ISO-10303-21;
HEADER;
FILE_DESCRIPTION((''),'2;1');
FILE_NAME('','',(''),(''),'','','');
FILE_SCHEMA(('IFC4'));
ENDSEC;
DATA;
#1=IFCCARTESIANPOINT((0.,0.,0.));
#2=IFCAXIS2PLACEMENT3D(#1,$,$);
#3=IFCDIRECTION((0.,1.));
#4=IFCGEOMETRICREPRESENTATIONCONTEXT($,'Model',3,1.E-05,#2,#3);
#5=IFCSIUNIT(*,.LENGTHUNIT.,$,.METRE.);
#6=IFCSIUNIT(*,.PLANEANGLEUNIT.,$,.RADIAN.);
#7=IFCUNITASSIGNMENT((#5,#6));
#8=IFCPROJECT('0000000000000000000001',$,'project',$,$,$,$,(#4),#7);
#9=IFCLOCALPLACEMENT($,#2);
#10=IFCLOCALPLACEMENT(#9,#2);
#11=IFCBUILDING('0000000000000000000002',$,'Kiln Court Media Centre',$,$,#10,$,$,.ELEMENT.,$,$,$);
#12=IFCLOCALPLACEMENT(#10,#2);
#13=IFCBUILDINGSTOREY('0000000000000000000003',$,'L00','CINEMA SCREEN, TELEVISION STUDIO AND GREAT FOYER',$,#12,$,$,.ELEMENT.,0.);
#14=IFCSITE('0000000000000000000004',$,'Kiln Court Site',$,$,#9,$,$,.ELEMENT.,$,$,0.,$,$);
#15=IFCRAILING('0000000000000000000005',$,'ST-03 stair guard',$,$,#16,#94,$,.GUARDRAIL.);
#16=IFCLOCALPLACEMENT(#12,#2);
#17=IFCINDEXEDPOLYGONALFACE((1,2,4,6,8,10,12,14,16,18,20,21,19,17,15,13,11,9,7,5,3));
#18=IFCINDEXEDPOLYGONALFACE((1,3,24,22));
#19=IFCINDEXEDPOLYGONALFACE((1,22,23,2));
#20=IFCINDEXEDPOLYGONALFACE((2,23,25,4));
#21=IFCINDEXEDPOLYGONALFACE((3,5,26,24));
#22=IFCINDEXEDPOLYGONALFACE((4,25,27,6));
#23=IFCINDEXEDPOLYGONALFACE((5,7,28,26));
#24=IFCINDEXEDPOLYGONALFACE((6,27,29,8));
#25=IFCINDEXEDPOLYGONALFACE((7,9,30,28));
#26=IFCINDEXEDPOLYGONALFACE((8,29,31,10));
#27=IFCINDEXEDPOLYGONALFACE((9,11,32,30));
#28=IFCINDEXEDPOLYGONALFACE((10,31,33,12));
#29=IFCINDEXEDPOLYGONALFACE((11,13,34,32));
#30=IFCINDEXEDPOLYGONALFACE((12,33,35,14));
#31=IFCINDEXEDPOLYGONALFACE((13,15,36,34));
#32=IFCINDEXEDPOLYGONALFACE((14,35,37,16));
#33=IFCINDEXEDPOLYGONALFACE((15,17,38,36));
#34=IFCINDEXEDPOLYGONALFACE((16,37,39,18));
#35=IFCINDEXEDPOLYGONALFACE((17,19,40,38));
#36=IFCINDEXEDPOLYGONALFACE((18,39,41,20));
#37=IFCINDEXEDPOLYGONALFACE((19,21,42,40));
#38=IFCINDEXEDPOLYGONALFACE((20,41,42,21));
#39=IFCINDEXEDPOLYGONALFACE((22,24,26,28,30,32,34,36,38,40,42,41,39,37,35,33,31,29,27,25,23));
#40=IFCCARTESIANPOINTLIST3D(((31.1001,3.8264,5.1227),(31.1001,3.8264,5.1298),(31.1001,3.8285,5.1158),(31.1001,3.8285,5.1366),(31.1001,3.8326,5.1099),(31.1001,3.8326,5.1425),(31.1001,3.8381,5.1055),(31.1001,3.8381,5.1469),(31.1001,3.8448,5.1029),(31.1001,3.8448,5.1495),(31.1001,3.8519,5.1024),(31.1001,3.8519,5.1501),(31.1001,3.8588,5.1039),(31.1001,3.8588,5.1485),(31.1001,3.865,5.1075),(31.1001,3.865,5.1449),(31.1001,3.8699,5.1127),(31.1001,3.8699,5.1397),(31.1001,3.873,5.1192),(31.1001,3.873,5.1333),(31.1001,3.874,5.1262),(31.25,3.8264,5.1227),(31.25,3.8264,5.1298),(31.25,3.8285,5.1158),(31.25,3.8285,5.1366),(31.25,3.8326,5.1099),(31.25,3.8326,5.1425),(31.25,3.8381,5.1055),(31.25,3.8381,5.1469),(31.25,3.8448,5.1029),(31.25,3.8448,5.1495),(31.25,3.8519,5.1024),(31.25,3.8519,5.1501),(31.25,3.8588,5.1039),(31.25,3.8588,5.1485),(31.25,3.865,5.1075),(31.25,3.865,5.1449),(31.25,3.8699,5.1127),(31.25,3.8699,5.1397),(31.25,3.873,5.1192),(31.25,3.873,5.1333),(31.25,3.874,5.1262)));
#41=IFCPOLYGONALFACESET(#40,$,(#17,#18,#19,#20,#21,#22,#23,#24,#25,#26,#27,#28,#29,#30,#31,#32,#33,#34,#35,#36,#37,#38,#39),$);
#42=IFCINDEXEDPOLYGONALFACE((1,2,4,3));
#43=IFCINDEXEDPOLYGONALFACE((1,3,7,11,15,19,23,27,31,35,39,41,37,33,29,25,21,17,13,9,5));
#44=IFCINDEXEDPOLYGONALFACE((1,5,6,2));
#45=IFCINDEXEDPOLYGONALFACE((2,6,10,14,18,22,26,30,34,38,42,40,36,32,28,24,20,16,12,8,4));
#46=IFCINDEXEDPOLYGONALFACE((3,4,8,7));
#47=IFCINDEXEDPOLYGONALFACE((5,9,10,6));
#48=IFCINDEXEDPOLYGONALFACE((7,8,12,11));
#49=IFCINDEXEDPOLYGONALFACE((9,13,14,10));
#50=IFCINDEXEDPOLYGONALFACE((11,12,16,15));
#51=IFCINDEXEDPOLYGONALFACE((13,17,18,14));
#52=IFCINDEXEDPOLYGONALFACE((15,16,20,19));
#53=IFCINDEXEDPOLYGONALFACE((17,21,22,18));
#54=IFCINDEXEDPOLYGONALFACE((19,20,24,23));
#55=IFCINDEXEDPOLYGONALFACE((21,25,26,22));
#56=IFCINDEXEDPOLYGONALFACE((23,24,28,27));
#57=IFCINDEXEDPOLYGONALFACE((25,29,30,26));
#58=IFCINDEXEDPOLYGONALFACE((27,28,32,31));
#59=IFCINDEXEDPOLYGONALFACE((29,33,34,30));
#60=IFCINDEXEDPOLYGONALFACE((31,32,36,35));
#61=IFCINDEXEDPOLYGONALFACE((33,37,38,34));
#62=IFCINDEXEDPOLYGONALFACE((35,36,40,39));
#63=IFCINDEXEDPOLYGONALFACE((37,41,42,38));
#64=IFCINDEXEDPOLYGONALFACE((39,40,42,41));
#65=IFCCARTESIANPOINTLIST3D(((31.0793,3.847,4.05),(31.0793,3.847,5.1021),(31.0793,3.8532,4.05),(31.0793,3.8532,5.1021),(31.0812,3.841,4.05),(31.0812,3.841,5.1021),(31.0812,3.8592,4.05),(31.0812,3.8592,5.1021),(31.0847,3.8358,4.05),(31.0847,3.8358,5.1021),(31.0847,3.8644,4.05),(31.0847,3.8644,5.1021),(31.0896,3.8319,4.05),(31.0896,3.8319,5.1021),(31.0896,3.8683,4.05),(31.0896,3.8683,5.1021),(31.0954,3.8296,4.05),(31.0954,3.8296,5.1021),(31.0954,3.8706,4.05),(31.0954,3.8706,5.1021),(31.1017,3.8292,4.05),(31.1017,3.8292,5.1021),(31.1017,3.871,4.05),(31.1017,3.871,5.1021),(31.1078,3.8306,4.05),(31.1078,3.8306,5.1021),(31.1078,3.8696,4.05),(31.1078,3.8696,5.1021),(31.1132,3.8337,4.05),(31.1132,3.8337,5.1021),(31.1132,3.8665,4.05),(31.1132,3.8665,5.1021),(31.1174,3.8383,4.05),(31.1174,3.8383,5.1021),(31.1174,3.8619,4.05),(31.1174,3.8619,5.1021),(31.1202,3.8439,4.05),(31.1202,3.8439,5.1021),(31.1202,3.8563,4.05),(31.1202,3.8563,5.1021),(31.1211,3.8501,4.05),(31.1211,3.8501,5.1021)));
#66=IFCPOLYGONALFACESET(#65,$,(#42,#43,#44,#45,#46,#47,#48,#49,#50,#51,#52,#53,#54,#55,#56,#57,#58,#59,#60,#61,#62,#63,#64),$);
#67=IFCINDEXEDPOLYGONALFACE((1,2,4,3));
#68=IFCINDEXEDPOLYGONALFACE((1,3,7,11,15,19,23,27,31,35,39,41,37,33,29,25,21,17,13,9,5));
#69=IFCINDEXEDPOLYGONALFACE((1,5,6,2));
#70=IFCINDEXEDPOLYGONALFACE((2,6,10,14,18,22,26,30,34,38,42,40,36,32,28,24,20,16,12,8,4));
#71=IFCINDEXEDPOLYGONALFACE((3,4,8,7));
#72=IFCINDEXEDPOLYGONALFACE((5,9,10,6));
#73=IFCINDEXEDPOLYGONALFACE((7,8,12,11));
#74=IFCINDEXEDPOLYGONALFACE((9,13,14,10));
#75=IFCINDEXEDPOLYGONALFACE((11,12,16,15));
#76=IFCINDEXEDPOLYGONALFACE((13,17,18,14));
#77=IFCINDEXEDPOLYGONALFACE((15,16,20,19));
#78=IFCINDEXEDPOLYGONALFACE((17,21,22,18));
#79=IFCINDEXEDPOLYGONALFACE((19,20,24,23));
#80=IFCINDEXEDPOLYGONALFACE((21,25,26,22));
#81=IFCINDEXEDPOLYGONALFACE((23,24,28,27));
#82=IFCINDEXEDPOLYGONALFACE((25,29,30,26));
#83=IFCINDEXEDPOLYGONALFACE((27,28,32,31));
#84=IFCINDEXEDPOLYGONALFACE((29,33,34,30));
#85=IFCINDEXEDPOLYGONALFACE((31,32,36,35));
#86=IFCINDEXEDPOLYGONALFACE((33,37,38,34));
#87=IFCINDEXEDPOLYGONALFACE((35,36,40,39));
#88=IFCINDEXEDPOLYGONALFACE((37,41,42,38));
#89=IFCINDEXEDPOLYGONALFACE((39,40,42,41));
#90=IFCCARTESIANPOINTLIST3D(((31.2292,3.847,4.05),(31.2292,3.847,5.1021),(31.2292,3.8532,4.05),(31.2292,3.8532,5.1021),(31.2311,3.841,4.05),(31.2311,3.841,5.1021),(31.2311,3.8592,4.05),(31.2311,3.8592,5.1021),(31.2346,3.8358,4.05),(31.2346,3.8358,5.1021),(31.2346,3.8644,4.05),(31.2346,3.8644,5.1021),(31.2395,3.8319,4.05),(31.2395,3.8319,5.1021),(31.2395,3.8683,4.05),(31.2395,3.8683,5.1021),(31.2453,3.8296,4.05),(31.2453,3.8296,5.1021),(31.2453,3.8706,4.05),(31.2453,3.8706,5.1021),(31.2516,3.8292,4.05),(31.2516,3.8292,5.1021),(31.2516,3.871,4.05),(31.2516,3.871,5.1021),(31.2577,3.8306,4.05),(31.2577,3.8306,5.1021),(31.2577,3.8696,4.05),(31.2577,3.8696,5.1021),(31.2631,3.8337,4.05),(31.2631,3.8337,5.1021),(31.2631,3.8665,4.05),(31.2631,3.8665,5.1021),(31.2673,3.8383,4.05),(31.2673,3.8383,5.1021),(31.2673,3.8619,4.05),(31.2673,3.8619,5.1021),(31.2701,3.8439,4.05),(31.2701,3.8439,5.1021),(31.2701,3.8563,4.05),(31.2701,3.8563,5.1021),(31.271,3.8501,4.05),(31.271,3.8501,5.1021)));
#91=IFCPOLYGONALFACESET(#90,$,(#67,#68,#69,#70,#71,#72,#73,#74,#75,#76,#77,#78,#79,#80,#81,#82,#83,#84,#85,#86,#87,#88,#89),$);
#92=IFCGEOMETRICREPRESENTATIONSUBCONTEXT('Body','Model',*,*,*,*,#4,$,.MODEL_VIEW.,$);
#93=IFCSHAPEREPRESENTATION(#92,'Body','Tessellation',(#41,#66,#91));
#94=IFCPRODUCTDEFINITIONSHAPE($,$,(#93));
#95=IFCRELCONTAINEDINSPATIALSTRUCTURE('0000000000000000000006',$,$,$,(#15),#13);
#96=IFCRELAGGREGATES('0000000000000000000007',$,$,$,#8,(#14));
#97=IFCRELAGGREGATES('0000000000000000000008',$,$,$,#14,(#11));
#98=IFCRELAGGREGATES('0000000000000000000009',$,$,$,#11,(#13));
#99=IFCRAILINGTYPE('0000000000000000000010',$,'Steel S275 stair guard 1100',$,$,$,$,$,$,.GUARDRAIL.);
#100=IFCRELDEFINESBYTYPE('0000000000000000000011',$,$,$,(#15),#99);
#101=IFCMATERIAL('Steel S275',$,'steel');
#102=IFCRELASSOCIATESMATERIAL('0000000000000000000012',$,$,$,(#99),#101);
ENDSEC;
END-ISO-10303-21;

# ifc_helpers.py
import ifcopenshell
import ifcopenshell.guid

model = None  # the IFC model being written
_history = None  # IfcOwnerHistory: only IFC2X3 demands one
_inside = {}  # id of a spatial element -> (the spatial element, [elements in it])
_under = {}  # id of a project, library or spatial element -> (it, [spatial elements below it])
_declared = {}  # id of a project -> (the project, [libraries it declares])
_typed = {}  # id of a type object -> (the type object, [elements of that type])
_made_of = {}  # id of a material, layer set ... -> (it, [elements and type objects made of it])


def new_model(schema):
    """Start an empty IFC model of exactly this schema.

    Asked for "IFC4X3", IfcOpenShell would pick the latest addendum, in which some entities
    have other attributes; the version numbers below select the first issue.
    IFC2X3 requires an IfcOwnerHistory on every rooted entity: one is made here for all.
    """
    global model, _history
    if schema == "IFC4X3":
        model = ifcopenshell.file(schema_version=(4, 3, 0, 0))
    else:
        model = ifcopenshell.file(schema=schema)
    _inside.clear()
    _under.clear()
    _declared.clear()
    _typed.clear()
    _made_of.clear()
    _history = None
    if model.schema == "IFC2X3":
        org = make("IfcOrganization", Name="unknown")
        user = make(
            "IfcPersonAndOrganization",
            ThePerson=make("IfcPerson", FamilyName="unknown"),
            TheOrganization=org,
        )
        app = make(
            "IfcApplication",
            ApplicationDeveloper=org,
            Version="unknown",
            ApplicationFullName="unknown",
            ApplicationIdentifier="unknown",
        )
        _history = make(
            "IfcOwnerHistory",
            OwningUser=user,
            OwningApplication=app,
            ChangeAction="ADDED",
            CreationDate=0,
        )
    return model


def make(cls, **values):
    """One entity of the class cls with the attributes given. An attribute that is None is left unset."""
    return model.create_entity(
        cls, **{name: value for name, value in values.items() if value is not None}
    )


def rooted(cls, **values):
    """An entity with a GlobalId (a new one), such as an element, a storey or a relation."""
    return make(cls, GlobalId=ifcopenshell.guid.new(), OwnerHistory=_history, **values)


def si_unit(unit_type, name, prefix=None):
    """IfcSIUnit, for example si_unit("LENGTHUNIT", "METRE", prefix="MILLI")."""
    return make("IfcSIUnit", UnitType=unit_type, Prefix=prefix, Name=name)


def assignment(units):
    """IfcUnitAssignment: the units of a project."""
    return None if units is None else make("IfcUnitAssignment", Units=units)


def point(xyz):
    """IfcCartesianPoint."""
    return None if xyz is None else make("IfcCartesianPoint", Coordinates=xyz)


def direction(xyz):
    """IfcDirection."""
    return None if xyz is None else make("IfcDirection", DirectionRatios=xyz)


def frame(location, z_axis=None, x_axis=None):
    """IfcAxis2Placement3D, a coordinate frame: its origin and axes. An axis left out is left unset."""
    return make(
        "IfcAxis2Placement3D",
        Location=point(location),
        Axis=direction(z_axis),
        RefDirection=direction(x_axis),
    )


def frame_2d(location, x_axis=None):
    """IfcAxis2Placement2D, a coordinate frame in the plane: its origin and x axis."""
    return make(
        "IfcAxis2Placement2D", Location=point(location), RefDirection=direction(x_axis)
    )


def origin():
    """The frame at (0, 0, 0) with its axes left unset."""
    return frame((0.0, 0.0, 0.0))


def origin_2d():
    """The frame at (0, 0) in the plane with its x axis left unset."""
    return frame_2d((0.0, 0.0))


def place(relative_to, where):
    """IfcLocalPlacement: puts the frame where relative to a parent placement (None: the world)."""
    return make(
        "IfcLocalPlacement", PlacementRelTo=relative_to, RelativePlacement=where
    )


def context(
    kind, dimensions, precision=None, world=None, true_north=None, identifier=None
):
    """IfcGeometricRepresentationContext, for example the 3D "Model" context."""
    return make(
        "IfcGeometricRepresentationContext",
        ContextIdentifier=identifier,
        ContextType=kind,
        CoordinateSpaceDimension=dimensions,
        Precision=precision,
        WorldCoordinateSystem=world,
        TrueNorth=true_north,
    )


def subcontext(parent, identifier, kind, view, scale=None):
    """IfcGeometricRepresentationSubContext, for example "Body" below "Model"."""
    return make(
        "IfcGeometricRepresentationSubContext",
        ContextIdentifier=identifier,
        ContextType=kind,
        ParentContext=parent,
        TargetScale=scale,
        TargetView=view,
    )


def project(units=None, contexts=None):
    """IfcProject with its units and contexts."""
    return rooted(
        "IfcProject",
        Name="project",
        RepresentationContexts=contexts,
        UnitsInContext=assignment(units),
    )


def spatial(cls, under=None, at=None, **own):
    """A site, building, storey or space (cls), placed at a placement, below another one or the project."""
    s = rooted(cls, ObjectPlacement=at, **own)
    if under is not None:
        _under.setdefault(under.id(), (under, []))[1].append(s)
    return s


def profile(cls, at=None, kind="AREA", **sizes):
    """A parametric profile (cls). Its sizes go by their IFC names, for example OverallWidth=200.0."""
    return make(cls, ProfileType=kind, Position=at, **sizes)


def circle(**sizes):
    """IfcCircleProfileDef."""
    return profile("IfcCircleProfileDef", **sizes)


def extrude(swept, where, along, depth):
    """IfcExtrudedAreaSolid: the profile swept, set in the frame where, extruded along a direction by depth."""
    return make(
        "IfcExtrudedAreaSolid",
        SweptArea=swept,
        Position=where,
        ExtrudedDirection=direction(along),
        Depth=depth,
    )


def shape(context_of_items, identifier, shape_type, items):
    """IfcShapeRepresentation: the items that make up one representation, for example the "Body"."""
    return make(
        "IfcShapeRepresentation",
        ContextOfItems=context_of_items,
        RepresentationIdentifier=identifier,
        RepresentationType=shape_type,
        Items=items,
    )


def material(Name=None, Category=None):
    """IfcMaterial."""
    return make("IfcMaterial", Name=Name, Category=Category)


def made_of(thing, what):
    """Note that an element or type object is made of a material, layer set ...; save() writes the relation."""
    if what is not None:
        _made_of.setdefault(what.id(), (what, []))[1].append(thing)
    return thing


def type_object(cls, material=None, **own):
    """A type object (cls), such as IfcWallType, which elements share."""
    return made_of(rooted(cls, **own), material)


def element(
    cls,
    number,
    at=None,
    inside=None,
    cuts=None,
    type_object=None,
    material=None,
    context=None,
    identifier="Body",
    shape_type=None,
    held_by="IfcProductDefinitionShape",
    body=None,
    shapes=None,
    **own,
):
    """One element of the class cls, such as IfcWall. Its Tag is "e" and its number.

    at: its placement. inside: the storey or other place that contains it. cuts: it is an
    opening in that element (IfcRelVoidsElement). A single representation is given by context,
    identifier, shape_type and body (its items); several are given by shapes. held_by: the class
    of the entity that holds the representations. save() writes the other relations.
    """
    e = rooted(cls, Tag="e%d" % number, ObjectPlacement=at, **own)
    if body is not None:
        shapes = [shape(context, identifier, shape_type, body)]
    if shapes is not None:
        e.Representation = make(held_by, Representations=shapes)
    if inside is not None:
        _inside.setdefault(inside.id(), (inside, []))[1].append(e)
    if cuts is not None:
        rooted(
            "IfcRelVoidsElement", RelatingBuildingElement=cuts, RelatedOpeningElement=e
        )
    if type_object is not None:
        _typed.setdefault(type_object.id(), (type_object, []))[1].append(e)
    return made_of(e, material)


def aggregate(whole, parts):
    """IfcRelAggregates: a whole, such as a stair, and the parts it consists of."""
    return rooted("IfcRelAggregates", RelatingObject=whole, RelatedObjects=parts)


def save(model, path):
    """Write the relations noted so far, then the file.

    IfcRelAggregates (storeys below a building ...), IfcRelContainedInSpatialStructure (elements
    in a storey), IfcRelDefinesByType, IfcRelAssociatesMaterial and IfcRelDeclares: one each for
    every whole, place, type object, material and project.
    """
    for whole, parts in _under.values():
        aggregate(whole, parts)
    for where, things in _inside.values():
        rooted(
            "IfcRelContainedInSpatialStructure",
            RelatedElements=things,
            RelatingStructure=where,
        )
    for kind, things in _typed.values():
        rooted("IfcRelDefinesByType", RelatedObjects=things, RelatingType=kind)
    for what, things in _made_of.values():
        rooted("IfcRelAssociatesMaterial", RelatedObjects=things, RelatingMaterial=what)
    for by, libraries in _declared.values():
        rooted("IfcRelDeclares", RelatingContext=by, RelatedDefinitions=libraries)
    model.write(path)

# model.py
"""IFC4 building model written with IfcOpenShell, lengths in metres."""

from ifc_helpers import new_model, si_unit, direction, frame, origin, origin_2d, place, context, subcontext, project, spatial, circle, extrude, material, type_object, element, save


model = new_model("IFC4")

# Units and contexts
model_context = context("Model", 3, precision=1e-05, world=origin(), true_north=direction((0.0, 1.0)))
body_context = subcontext(model_context, "Body", "Model", "MODEL_VIEW")
ifc_project = project(units=[si_unit("LENGTHUNIT", "METRE"), si_unit("PLANEANGLEUNIT", "RADIAN")], contexts=[model_context])

# Site, building, storey
site_placement = place(None, origin())
site = spatial("IfcSite", under=ifc_project, at=site_placement, Name="Kiln Court Site", CompositionType="ELEMENT", RefElevation=0.0)
building_placement = place(site_placement, origin())
building = spatial("IfcBuilding", under=site, at=building_placement, Name="Kiln Court Media Centre", CompositionType="ELEMENT")
storey_placement = place(building_placement, origin())
storey = spatial("IfcBuildingStorey", under=building, at=storey_placement, Name="L00", Description="CINEMA SCREEN, TELEVISION STUDIO AND GREAT FOYER", CompositionType="ELEMENT", Elevation=0.0)

# Railing
ifc_material_1 = material(Name="Steel S275", Category="steel")
railing_type_1 = type_object("IfcRailingType", Name="Steel S275 stair guard 1100", PredefinedType="GUARDRAIL", material=ifc_material_1)
railing_1_placement = place(storey_placement, frame((31.1001, 3.8501, 4.05)))
element("IfcRailing", 1, at=railing_1_placement, inside=storey, type_object=railing_type_1, Name="ST-03 stair guard", PredefinedType="GUARDRAIL", context=body_context, shape_type="SweptSolid", body=[
    extrude(circle(Radius=0.0239, at=origin_2d()), frame((0.0, 0.0, 1.0762), z_axis=(1.0, 0.0, 0.0), x_axis=(0.0, 1.0, 0.0)), (0.0, 0.0, 1.0), 0.1499),
    extrude(circle(Radius=0.021, at=origin_2d()), origin(), (0.0, 0.0, 1.0), 1.052),
    extrude(circle(Radius=0.021, at=origin_2d()), frame((0.1499, 0.0, 0.0)), (0.0, 0.0, 1.0), 1.052),
])

save(model, "model.ifc")
